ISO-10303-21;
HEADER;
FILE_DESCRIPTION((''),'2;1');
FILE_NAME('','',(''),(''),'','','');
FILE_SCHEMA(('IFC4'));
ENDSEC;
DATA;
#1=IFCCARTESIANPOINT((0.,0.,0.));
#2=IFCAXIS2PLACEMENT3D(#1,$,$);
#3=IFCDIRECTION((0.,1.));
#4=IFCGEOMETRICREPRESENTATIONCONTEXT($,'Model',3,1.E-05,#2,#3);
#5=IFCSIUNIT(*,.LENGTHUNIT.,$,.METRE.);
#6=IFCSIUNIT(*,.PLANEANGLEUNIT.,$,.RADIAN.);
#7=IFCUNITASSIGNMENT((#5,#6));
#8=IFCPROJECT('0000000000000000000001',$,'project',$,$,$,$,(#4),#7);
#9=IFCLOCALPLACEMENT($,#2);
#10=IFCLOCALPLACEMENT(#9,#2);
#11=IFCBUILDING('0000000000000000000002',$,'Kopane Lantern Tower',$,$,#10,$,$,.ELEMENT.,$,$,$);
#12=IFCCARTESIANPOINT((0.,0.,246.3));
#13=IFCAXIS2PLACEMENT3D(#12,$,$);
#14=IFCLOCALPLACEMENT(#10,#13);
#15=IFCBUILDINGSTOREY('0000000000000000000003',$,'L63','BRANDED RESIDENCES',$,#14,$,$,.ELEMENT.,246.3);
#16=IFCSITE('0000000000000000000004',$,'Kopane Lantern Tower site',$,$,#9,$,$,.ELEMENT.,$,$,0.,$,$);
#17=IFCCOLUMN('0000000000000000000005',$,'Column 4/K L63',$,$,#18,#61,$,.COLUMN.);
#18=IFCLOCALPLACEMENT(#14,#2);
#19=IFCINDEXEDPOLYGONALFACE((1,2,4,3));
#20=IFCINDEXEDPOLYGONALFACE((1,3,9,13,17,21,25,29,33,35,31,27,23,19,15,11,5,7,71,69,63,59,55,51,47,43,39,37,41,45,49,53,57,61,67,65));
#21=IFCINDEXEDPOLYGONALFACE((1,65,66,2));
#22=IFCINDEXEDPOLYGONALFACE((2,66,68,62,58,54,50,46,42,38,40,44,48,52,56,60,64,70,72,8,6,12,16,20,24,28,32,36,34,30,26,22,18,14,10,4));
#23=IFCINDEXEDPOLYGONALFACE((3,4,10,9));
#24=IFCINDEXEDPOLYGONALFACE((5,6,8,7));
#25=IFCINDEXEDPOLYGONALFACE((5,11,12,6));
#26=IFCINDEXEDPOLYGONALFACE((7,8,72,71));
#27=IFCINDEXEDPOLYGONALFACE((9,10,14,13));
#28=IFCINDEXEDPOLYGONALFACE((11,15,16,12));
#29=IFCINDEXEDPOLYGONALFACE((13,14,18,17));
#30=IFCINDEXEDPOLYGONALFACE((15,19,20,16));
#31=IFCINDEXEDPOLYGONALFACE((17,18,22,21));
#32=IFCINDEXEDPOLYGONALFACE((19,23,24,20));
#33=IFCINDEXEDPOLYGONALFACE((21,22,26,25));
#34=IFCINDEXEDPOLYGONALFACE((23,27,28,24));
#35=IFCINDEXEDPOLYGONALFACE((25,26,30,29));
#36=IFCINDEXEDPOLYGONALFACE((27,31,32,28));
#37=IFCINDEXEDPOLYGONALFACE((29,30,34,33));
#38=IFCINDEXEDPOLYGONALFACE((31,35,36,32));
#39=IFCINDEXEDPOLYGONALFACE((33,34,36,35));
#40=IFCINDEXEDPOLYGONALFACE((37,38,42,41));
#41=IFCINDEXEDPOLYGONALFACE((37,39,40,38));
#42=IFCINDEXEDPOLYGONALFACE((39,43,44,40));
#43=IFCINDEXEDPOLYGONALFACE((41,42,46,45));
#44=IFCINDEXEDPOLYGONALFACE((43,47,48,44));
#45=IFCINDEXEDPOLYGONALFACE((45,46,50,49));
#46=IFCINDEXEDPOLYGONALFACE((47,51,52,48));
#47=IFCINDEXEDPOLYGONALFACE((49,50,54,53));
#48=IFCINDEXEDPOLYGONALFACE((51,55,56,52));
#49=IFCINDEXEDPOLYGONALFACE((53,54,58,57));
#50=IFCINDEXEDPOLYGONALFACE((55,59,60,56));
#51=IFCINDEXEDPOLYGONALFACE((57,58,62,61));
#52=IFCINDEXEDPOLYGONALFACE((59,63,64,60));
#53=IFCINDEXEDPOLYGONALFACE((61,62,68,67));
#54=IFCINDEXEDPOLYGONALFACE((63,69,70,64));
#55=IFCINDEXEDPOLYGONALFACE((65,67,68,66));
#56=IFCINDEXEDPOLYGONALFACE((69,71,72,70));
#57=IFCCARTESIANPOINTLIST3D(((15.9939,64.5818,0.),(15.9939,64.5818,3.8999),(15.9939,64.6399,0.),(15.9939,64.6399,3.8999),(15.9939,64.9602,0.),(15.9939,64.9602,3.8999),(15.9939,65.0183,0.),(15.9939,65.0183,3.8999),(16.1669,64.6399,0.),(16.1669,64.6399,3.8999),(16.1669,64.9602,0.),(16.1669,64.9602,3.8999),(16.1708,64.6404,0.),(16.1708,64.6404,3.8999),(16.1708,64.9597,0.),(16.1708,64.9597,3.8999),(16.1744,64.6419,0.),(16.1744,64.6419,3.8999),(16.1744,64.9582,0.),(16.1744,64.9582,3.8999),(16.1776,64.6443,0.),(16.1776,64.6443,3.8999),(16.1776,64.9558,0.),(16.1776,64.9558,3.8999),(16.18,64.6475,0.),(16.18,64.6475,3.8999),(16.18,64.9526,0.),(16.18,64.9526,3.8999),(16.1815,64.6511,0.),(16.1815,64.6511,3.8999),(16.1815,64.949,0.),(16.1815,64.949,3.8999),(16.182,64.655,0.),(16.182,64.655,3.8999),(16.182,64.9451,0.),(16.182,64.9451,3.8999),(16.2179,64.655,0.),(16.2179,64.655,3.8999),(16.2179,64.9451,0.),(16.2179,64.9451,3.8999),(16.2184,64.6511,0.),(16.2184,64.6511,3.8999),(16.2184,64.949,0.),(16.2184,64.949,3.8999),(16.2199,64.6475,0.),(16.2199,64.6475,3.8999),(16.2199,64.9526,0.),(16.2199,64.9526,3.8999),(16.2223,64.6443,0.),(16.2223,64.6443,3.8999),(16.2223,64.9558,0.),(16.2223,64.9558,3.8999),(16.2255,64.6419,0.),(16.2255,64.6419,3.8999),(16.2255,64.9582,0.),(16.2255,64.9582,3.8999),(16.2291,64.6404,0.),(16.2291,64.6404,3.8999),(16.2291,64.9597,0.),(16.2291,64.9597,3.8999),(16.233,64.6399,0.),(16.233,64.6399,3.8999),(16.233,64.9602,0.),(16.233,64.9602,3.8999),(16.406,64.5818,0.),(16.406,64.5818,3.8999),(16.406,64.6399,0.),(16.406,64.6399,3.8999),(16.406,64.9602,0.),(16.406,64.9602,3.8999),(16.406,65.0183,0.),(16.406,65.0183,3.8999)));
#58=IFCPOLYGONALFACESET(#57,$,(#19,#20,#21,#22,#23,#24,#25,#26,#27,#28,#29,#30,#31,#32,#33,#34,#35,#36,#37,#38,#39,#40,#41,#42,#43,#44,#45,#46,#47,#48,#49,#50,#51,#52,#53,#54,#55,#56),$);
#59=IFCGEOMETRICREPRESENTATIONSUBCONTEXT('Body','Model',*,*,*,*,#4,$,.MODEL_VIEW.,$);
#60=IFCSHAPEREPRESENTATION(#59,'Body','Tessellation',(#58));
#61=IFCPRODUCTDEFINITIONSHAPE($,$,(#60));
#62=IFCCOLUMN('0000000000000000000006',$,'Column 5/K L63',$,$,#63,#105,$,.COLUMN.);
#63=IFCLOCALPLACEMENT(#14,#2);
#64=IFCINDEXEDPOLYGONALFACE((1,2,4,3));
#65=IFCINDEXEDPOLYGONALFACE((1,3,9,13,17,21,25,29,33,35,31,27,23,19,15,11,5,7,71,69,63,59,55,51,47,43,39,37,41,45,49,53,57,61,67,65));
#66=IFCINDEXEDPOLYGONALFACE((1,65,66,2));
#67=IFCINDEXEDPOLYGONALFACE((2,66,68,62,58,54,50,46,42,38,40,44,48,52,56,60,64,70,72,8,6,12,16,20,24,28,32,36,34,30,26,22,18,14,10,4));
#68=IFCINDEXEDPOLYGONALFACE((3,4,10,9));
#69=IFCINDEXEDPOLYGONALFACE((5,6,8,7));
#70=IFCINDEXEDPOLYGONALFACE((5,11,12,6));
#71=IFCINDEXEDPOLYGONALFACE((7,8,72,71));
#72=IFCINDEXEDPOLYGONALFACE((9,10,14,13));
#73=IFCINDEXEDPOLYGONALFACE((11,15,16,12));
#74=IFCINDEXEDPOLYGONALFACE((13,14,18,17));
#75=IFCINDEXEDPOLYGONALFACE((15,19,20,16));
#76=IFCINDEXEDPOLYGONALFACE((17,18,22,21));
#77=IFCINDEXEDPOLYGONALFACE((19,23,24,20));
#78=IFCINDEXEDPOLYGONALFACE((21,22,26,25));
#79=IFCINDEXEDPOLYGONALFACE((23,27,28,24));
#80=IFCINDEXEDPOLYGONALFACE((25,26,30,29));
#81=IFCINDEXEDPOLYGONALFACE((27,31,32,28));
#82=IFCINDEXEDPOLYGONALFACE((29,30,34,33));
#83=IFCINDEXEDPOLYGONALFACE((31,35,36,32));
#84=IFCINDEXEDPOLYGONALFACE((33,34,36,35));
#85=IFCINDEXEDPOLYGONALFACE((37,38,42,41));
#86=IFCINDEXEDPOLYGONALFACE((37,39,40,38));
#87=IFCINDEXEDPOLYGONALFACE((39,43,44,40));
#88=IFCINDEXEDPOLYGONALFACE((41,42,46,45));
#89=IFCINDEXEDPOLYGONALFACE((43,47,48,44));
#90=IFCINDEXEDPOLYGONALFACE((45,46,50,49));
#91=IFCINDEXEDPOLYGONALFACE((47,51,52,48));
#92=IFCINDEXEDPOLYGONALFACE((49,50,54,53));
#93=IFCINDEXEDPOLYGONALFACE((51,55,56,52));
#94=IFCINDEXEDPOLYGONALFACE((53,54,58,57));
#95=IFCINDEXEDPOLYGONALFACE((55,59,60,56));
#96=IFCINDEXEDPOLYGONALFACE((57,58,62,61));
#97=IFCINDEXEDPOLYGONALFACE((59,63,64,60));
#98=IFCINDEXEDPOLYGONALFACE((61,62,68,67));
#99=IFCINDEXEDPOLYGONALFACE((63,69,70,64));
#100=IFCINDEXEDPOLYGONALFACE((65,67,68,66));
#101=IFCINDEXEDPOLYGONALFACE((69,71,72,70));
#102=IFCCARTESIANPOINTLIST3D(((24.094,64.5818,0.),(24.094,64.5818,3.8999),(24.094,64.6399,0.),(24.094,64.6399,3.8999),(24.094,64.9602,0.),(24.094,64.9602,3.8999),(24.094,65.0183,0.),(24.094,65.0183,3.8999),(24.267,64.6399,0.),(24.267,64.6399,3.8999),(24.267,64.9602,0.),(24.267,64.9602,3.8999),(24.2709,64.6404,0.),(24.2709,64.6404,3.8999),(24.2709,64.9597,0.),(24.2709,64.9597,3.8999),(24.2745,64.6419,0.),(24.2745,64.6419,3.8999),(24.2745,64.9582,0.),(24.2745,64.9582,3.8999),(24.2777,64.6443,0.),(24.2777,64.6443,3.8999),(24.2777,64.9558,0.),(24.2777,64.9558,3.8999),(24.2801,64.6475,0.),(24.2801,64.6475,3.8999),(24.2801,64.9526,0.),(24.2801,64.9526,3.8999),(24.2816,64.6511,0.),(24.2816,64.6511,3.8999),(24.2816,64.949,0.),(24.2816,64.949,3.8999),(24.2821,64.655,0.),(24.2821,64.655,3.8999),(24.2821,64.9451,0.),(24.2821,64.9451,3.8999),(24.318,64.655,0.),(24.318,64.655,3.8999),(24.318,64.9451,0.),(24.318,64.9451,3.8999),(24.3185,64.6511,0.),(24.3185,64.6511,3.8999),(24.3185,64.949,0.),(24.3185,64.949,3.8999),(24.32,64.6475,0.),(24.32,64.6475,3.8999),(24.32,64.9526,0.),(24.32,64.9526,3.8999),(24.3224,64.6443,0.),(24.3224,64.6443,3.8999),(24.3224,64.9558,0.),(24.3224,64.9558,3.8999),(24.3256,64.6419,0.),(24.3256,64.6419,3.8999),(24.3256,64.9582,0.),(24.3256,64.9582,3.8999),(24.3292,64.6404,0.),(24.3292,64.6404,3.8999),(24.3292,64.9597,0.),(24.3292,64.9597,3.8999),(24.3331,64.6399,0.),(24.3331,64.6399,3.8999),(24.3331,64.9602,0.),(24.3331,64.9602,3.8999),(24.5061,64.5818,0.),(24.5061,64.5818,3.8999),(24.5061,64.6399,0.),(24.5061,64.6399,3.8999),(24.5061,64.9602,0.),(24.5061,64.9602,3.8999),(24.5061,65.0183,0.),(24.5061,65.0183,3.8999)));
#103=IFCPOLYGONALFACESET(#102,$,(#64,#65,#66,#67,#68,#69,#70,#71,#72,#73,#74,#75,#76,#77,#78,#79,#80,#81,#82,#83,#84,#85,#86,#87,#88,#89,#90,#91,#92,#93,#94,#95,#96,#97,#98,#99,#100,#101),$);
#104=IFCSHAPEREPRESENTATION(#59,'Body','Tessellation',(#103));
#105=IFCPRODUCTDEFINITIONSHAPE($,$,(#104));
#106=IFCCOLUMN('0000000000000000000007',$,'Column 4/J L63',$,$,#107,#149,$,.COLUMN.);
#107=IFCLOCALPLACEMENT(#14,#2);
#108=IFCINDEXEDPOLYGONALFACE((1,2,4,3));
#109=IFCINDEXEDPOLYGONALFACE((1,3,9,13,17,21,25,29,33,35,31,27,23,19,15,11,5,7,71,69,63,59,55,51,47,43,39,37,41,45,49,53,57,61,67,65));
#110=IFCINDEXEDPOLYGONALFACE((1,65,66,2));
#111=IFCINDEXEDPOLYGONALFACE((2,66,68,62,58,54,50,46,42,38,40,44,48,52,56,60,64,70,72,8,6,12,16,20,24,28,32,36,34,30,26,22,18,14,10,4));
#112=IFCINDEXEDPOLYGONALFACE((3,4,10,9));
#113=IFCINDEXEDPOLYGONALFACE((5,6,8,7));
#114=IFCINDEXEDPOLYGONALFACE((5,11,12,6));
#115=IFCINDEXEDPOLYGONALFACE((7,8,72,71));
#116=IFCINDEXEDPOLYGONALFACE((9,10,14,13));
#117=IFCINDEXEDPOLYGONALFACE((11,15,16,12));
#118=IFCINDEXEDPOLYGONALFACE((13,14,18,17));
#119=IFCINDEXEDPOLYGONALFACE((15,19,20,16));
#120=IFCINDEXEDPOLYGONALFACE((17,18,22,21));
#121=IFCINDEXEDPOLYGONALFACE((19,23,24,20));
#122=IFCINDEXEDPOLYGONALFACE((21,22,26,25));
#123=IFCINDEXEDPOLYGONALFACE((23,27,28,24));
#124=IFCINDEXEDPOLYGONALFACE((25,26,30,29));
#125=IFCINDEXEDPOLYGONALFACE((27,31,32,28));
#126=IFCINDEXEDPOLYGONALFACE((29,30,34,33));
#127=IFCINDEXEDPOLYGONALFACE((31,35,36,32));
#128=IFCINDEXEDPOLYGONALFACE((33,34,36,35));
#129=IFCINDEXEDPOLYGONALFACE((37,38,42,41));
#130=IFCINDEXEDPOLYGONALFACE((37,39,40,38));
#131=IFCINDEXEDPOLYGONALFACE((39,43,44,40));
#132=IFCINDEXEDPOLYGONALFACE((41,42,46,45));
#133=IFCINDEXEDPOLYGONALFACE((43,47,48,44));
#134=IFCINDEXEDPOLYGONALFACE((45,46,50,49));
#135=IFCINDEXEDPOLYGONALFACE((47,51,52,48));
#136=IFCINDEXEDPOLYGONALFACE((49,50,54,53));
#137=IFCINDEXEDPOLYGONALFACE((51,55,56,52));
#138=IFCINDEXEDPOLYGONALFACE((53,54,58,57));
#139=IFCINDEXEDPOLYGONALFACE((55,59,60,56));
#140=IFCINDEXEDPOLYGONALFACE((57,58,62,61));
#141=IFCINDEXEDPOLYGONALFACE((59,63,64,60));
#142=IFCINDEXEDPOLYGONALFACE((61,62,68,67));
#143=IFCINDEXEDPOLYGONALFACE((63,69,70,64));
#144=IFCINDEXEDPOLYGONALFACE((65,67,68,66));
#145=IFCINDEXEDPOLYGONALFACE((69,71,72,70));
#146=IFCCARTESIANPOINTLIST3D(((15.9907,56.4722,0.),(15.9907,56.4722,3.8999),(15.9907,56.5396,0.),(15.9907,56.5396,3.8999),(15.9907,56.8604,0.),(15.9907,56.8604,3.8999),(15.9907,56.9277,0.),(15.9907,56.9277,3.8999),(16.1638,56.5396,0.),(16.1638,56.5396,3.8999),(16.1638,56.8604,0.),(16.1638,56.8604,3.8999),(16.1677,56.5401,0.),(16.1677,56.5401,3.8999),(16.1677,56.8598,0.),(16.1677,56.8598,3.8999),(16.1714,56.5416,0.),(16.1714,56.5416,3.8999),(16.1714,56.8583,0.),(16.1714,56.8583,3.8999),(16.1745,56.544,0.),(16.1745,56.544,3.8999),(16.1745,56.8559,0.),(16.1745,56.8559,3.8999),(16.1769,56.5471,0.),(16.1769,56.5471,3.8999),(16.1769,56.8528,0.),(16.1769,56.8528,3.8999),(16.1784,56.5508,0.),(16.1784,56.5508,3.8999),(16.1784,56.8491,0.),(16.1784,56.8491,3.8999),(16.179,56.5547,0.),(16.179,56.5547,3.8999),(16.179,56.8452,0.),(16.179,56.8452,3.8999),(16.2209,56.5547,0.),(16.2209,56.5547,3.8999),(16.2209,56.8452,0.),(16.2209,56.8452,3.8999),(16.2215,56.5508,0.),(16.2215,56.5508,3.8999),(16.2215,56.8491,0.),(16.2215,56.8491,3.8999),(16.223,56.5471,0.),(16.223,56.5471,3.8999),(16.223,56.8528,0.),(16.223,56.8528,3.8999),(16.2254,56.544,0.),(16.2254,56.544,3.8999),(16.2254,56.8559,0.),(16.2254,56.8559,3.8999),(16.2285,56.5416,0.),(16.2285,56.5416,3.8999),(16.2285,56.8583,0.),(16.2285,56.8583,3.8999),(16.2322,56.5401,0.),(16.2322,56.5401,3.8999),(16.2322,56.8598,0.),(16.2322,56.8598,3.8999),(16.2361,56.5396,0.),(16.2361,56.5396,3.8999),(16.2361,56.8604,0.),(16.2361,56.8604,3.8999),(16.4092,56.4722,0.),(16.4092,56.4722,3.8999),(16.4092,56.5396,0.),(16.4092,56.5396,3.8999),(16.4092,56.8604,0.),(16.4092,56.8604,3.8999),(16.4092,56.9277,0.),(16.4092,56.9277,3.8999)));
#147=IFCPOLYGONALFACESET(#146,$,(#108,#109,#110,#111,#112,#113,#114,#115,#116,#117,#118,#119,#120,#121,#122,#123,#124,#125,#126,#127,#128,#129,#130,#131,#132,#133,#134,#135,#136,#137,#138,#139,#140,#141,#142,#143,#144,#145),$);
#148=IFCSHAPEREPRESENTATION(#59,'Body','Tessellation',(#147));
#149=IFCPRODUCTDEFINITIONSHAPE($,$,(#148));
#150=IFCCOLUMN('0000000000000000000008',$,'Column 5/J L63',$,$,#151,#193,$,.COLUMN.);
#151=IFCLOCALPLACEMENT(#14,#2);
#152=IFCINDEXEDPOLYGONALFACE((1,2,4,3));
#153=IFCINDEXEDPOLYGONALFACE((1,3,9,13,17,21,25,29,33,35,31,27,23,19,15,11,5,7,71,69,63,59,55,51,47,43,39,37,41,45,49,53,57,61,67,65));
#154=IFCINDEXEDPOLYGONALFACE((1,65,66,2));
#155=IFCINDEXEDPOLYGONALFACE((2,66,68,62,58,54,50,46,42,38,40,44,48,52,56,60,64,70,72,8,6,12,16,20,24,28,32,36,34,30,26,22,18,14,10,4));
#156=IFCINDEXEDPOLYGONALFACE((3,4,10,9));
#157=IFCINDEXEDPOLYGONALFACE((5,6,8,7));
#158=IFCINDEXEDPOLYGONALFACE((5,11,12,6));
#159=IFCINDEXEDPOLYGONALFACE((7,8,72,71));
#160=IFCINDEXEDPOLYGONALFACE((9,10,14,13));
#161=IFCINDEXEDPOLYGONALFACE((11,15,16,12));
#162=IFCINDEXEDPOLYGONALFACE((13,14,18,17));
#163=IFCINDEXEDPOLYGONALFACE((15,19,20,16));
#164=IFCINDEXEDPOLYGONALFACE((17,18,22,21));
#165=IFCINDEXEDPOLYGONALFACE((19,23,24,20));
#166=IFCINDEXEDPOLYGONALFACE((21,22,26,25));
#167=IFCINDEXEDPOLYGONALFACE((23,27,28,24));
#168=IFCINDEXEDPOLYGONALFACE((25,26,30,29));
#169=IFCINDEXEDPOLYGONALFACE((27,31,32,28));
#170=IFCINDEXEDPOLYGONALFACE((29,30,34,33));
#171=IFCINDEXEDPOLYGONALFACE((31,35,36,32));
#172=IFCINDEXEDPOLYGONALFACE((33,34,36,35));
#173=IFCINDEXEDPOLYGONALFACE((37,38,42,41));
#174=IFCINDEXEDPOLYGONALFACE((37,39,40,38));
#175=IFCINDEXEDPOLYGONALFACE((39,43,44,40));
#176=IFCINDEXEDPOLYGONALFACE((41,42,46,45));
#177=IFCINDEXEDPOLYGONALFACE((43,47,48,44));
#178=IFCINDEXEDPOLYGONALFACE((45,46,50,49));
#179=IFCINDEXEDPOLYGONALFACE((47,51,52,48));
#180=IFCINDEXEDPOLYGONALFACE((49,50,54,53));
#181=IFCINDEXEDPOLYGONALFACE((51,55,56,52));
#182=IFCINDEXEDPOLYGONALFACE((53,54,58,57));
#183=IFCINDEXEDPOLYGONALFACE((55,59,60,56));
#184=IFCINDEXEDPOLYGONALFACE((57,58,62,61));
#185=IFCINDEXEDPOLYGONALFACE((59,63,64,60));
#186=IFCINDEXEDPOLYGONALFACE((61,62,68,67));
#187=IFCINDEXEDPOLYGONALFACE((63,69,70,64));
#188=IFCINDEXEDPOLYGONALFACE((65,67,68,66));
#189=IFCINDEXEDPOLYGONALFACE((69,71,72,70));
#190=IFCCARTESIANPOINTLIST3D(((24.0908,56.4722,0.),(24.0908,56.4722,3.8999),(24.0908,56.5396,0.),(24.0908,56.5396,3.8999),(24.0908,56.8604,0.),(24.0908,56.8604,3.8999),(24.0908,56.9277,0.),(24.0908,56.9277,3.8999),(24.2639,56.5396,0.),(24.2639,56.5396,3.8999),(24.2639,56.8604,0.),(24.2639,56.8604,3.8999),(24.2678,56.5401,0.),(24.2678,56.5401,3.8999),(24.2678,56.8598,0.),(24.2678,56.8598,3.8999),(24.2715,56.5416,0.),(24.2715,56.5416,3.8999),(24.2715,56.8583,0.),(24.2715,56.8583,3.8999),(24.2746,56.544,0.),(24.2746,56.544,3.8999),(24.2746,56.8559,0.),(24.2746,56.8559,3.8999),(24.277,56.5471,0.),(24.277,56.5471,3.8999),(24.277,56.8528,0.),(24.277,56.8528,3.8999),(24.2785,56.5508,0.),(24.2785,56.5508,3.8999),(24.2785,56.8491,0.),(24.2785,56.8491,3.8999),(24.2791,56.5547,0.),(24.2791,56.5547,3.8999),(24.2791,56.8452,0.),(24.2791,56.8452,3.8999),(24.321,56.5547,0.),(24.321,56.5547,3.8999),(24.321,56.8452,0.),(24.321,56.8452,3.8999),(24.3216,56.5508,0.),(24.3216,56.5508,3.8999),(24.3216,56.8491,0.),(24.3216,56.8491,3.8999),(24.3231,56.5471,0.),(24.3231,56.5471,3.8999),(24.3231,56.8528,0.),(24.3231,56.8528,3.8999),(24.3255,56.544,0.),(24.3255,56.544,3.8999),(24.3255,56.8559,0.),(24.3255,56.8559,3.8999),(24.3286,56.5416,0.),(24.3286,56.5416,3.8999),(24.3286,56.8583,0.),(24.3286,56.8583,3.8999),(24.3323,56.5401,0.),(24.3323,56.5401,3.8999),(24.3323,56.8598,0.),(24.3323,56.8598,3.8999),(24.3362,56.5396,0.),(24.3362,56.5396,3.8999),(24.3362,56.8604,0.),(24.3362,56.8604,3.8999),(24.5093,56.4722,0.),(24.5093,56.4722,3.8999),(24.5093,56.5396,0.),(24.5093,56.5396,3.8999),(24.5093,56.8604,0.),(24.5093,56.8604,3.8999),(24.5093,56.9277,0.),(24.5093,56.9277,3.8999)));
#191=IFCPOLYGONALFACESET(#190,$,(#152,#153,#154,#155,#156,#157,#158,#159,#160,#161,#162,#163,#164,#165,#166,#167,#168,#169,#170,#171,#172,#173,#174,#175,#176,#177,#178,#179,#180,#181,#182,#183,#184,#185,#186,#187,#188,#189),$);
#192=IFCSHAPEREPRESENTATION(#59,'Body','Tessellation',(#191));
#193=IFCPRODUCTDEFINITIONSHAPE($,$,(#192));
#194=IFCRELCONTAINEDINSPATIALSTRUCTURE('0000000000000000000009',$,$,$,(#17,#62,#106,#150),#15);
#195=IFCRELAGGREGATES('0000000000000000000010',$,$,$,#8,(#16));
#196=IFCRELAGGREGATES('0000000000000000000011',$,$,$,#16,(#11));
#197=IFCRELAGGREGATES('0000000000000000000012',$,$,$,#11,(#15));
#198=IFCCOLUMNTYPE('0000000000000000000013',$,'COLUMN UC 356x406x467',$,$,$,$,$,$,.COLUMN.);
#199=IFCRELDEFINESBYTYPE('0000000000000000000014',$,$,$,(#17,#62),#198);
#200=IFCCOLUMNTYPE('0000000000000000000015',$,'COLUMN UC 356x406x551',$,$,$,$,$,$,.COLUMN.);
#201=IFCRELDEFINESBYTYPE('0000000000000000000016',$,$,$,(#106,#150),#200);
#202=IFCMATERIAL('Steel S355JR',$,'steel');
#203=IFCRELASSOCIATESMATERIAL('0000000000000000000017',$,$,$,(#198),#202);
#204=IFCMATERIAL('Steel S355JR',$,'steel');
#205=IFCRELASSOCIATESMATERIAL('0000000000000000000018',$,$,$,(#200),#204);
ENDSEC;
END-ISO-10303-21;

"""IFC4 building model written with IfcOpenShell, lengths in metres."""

from ifc_helpers import new_model, si_unit, direction, frame, origin, origin_2d, place, context, subcontext, project, spatial, i_section, extrude, material, material_profile, profile_set, type_object, element, save


model = new_model("IFC4")

# Units and contexts
model_context = context("Model", 3, precision=1e-05, world=origin(), true_north=direction((0.0, 1.0)))
body_context = subcontext(model_context, "Body", "Model", "MODEL_VIEW")
ifc_project = project(units=[si_unit("LENGTHUNIT", "METRE"), si_unit("PLANEANGLEUNIT", "RADIAN")], contexts=[model_context])

# Site, building, storey
site_placement = place(None, origin())
site = spatial("IfcSite", under=ifc_project, at=site_placement, Name="Kopane Lantern Tower site", CompositionType="ELEMENT", RefElevation=0.0)
building_placement = place(site_placement, origin())
building = spatial("IfcBuilding", under=site, at=building_placement, Name="Kopane Lantern Tower", CompositionType="ELEMENT")
storey_placement = place(building_placement, frame((0.0, 0.0, 246.3)))
storey = spatial("IfcBuildingStorey", under=building, at=storey_placement, Name="L63", Description="BRANDED RESIDENCES", CompositionType="ELEMENT", Elevation=246.3)

# Columns
ifc_material_1 = material(Name="Steel S355JR", Category="steel")
ifc_material_profile_1 = material_profile(ifc_material_1, i_section(OverallWidth=0.4121, OverallDepth=0.4365, WebThickness=0.0359, FlangeThickness=0.0581, FilletRadius=0.0151, at=origin_2d()), Name="UC 356x406x467")
ifc_profile_set_1 = profile_set([ifc_material_profile_1], Name="Steel S355JR")
column_type_1 = type_object("IfcColumnType", Name="COLUMN UC 356x406x467", PredefinedType="COLUMN", material=ifc_profile_set_1)
for number, where, z_axis, x_axis, name in (
    (1, (16.2, 64.8, 0.0), (0.0, 0.0, 1.0), (1.0, 0.0, 0.0), "Column 4/K L63"),
    (2, (24.3, 64.8, 0.0), (0.0, 0.0, 1.0), (1.0, 0.0, 0.0), "Column 5/K L63"),
):
    element("IfcColumn", number, at=place(storey_placement, frame(where, z_axis=z_axis, x_axis=x_axis)), inside=storey, type_object=column_type_1, Name=name, PredefinedType="COLUMN", context=body_context, shape_type="SweptSolid", body=[
        extrude(i_section(OverallWidth=0.4121, OverallDepth=0.4365, WebThickness=0.0359, FlangeThickness=0.0581, FilletRadius=0.0151, at=origin_2d()), origin(), (0.0, 0.0, 1.0), 3.8999),
    ])
ifc_material_2 = material(Name="Steel S355JR", Category="steel")
ifc_material_profile_2 = material_profile(ifc_material_2, i_section(OverallWidth=0.4185, OverallDepth=0.4556, WebThickness=0.042, FlangeThickness=0.0674, FilletRadius=0.0151, at=origin_2d()), Name="UC 356x406x551")
ifc_profile_set_2 = profile_set([ifc_material_profile_2], Name="Steel S355JR")
column_type_2 = type_object("IfcColumnType", Name="COLUMN UC 356x406x551", PredefinedType="COLUMN", material=ifc_profile_set_2)
for number, where, z_axis, x_axis, name in (
    (3, (16.2, 56.7, 0.0), (0.0, 0.0, 1.0), (1.0, 0.0, 0.0), "Column 4/J L63"),
    (4, (24.3, 56.7, 0.0), (0.0, 0.0, 1.0), (1.0, 0.0, 0.0), "Column 5/J L63"),
):
    element("IfcColumn", number, at=place(storey_placement, frame(where, z_axis=z_axis, x_axis=x_axis)), inside=storey, type_object=column_type_2, Name=name, PredefinedType="COLUMN", context=body_context, shape_type="SweptSolid", body=[
        extrude(i_section(OverallWidth=0.4185, OverallDepth=0.4556, WebThickness=0.042, FlangeThickness=0.0674, FilletRadius=0.0151, at=origin_2d()), origin(), (0.0, 0.0, 1.0), 3.8999),
    ])

save(model, "model.ifc")
